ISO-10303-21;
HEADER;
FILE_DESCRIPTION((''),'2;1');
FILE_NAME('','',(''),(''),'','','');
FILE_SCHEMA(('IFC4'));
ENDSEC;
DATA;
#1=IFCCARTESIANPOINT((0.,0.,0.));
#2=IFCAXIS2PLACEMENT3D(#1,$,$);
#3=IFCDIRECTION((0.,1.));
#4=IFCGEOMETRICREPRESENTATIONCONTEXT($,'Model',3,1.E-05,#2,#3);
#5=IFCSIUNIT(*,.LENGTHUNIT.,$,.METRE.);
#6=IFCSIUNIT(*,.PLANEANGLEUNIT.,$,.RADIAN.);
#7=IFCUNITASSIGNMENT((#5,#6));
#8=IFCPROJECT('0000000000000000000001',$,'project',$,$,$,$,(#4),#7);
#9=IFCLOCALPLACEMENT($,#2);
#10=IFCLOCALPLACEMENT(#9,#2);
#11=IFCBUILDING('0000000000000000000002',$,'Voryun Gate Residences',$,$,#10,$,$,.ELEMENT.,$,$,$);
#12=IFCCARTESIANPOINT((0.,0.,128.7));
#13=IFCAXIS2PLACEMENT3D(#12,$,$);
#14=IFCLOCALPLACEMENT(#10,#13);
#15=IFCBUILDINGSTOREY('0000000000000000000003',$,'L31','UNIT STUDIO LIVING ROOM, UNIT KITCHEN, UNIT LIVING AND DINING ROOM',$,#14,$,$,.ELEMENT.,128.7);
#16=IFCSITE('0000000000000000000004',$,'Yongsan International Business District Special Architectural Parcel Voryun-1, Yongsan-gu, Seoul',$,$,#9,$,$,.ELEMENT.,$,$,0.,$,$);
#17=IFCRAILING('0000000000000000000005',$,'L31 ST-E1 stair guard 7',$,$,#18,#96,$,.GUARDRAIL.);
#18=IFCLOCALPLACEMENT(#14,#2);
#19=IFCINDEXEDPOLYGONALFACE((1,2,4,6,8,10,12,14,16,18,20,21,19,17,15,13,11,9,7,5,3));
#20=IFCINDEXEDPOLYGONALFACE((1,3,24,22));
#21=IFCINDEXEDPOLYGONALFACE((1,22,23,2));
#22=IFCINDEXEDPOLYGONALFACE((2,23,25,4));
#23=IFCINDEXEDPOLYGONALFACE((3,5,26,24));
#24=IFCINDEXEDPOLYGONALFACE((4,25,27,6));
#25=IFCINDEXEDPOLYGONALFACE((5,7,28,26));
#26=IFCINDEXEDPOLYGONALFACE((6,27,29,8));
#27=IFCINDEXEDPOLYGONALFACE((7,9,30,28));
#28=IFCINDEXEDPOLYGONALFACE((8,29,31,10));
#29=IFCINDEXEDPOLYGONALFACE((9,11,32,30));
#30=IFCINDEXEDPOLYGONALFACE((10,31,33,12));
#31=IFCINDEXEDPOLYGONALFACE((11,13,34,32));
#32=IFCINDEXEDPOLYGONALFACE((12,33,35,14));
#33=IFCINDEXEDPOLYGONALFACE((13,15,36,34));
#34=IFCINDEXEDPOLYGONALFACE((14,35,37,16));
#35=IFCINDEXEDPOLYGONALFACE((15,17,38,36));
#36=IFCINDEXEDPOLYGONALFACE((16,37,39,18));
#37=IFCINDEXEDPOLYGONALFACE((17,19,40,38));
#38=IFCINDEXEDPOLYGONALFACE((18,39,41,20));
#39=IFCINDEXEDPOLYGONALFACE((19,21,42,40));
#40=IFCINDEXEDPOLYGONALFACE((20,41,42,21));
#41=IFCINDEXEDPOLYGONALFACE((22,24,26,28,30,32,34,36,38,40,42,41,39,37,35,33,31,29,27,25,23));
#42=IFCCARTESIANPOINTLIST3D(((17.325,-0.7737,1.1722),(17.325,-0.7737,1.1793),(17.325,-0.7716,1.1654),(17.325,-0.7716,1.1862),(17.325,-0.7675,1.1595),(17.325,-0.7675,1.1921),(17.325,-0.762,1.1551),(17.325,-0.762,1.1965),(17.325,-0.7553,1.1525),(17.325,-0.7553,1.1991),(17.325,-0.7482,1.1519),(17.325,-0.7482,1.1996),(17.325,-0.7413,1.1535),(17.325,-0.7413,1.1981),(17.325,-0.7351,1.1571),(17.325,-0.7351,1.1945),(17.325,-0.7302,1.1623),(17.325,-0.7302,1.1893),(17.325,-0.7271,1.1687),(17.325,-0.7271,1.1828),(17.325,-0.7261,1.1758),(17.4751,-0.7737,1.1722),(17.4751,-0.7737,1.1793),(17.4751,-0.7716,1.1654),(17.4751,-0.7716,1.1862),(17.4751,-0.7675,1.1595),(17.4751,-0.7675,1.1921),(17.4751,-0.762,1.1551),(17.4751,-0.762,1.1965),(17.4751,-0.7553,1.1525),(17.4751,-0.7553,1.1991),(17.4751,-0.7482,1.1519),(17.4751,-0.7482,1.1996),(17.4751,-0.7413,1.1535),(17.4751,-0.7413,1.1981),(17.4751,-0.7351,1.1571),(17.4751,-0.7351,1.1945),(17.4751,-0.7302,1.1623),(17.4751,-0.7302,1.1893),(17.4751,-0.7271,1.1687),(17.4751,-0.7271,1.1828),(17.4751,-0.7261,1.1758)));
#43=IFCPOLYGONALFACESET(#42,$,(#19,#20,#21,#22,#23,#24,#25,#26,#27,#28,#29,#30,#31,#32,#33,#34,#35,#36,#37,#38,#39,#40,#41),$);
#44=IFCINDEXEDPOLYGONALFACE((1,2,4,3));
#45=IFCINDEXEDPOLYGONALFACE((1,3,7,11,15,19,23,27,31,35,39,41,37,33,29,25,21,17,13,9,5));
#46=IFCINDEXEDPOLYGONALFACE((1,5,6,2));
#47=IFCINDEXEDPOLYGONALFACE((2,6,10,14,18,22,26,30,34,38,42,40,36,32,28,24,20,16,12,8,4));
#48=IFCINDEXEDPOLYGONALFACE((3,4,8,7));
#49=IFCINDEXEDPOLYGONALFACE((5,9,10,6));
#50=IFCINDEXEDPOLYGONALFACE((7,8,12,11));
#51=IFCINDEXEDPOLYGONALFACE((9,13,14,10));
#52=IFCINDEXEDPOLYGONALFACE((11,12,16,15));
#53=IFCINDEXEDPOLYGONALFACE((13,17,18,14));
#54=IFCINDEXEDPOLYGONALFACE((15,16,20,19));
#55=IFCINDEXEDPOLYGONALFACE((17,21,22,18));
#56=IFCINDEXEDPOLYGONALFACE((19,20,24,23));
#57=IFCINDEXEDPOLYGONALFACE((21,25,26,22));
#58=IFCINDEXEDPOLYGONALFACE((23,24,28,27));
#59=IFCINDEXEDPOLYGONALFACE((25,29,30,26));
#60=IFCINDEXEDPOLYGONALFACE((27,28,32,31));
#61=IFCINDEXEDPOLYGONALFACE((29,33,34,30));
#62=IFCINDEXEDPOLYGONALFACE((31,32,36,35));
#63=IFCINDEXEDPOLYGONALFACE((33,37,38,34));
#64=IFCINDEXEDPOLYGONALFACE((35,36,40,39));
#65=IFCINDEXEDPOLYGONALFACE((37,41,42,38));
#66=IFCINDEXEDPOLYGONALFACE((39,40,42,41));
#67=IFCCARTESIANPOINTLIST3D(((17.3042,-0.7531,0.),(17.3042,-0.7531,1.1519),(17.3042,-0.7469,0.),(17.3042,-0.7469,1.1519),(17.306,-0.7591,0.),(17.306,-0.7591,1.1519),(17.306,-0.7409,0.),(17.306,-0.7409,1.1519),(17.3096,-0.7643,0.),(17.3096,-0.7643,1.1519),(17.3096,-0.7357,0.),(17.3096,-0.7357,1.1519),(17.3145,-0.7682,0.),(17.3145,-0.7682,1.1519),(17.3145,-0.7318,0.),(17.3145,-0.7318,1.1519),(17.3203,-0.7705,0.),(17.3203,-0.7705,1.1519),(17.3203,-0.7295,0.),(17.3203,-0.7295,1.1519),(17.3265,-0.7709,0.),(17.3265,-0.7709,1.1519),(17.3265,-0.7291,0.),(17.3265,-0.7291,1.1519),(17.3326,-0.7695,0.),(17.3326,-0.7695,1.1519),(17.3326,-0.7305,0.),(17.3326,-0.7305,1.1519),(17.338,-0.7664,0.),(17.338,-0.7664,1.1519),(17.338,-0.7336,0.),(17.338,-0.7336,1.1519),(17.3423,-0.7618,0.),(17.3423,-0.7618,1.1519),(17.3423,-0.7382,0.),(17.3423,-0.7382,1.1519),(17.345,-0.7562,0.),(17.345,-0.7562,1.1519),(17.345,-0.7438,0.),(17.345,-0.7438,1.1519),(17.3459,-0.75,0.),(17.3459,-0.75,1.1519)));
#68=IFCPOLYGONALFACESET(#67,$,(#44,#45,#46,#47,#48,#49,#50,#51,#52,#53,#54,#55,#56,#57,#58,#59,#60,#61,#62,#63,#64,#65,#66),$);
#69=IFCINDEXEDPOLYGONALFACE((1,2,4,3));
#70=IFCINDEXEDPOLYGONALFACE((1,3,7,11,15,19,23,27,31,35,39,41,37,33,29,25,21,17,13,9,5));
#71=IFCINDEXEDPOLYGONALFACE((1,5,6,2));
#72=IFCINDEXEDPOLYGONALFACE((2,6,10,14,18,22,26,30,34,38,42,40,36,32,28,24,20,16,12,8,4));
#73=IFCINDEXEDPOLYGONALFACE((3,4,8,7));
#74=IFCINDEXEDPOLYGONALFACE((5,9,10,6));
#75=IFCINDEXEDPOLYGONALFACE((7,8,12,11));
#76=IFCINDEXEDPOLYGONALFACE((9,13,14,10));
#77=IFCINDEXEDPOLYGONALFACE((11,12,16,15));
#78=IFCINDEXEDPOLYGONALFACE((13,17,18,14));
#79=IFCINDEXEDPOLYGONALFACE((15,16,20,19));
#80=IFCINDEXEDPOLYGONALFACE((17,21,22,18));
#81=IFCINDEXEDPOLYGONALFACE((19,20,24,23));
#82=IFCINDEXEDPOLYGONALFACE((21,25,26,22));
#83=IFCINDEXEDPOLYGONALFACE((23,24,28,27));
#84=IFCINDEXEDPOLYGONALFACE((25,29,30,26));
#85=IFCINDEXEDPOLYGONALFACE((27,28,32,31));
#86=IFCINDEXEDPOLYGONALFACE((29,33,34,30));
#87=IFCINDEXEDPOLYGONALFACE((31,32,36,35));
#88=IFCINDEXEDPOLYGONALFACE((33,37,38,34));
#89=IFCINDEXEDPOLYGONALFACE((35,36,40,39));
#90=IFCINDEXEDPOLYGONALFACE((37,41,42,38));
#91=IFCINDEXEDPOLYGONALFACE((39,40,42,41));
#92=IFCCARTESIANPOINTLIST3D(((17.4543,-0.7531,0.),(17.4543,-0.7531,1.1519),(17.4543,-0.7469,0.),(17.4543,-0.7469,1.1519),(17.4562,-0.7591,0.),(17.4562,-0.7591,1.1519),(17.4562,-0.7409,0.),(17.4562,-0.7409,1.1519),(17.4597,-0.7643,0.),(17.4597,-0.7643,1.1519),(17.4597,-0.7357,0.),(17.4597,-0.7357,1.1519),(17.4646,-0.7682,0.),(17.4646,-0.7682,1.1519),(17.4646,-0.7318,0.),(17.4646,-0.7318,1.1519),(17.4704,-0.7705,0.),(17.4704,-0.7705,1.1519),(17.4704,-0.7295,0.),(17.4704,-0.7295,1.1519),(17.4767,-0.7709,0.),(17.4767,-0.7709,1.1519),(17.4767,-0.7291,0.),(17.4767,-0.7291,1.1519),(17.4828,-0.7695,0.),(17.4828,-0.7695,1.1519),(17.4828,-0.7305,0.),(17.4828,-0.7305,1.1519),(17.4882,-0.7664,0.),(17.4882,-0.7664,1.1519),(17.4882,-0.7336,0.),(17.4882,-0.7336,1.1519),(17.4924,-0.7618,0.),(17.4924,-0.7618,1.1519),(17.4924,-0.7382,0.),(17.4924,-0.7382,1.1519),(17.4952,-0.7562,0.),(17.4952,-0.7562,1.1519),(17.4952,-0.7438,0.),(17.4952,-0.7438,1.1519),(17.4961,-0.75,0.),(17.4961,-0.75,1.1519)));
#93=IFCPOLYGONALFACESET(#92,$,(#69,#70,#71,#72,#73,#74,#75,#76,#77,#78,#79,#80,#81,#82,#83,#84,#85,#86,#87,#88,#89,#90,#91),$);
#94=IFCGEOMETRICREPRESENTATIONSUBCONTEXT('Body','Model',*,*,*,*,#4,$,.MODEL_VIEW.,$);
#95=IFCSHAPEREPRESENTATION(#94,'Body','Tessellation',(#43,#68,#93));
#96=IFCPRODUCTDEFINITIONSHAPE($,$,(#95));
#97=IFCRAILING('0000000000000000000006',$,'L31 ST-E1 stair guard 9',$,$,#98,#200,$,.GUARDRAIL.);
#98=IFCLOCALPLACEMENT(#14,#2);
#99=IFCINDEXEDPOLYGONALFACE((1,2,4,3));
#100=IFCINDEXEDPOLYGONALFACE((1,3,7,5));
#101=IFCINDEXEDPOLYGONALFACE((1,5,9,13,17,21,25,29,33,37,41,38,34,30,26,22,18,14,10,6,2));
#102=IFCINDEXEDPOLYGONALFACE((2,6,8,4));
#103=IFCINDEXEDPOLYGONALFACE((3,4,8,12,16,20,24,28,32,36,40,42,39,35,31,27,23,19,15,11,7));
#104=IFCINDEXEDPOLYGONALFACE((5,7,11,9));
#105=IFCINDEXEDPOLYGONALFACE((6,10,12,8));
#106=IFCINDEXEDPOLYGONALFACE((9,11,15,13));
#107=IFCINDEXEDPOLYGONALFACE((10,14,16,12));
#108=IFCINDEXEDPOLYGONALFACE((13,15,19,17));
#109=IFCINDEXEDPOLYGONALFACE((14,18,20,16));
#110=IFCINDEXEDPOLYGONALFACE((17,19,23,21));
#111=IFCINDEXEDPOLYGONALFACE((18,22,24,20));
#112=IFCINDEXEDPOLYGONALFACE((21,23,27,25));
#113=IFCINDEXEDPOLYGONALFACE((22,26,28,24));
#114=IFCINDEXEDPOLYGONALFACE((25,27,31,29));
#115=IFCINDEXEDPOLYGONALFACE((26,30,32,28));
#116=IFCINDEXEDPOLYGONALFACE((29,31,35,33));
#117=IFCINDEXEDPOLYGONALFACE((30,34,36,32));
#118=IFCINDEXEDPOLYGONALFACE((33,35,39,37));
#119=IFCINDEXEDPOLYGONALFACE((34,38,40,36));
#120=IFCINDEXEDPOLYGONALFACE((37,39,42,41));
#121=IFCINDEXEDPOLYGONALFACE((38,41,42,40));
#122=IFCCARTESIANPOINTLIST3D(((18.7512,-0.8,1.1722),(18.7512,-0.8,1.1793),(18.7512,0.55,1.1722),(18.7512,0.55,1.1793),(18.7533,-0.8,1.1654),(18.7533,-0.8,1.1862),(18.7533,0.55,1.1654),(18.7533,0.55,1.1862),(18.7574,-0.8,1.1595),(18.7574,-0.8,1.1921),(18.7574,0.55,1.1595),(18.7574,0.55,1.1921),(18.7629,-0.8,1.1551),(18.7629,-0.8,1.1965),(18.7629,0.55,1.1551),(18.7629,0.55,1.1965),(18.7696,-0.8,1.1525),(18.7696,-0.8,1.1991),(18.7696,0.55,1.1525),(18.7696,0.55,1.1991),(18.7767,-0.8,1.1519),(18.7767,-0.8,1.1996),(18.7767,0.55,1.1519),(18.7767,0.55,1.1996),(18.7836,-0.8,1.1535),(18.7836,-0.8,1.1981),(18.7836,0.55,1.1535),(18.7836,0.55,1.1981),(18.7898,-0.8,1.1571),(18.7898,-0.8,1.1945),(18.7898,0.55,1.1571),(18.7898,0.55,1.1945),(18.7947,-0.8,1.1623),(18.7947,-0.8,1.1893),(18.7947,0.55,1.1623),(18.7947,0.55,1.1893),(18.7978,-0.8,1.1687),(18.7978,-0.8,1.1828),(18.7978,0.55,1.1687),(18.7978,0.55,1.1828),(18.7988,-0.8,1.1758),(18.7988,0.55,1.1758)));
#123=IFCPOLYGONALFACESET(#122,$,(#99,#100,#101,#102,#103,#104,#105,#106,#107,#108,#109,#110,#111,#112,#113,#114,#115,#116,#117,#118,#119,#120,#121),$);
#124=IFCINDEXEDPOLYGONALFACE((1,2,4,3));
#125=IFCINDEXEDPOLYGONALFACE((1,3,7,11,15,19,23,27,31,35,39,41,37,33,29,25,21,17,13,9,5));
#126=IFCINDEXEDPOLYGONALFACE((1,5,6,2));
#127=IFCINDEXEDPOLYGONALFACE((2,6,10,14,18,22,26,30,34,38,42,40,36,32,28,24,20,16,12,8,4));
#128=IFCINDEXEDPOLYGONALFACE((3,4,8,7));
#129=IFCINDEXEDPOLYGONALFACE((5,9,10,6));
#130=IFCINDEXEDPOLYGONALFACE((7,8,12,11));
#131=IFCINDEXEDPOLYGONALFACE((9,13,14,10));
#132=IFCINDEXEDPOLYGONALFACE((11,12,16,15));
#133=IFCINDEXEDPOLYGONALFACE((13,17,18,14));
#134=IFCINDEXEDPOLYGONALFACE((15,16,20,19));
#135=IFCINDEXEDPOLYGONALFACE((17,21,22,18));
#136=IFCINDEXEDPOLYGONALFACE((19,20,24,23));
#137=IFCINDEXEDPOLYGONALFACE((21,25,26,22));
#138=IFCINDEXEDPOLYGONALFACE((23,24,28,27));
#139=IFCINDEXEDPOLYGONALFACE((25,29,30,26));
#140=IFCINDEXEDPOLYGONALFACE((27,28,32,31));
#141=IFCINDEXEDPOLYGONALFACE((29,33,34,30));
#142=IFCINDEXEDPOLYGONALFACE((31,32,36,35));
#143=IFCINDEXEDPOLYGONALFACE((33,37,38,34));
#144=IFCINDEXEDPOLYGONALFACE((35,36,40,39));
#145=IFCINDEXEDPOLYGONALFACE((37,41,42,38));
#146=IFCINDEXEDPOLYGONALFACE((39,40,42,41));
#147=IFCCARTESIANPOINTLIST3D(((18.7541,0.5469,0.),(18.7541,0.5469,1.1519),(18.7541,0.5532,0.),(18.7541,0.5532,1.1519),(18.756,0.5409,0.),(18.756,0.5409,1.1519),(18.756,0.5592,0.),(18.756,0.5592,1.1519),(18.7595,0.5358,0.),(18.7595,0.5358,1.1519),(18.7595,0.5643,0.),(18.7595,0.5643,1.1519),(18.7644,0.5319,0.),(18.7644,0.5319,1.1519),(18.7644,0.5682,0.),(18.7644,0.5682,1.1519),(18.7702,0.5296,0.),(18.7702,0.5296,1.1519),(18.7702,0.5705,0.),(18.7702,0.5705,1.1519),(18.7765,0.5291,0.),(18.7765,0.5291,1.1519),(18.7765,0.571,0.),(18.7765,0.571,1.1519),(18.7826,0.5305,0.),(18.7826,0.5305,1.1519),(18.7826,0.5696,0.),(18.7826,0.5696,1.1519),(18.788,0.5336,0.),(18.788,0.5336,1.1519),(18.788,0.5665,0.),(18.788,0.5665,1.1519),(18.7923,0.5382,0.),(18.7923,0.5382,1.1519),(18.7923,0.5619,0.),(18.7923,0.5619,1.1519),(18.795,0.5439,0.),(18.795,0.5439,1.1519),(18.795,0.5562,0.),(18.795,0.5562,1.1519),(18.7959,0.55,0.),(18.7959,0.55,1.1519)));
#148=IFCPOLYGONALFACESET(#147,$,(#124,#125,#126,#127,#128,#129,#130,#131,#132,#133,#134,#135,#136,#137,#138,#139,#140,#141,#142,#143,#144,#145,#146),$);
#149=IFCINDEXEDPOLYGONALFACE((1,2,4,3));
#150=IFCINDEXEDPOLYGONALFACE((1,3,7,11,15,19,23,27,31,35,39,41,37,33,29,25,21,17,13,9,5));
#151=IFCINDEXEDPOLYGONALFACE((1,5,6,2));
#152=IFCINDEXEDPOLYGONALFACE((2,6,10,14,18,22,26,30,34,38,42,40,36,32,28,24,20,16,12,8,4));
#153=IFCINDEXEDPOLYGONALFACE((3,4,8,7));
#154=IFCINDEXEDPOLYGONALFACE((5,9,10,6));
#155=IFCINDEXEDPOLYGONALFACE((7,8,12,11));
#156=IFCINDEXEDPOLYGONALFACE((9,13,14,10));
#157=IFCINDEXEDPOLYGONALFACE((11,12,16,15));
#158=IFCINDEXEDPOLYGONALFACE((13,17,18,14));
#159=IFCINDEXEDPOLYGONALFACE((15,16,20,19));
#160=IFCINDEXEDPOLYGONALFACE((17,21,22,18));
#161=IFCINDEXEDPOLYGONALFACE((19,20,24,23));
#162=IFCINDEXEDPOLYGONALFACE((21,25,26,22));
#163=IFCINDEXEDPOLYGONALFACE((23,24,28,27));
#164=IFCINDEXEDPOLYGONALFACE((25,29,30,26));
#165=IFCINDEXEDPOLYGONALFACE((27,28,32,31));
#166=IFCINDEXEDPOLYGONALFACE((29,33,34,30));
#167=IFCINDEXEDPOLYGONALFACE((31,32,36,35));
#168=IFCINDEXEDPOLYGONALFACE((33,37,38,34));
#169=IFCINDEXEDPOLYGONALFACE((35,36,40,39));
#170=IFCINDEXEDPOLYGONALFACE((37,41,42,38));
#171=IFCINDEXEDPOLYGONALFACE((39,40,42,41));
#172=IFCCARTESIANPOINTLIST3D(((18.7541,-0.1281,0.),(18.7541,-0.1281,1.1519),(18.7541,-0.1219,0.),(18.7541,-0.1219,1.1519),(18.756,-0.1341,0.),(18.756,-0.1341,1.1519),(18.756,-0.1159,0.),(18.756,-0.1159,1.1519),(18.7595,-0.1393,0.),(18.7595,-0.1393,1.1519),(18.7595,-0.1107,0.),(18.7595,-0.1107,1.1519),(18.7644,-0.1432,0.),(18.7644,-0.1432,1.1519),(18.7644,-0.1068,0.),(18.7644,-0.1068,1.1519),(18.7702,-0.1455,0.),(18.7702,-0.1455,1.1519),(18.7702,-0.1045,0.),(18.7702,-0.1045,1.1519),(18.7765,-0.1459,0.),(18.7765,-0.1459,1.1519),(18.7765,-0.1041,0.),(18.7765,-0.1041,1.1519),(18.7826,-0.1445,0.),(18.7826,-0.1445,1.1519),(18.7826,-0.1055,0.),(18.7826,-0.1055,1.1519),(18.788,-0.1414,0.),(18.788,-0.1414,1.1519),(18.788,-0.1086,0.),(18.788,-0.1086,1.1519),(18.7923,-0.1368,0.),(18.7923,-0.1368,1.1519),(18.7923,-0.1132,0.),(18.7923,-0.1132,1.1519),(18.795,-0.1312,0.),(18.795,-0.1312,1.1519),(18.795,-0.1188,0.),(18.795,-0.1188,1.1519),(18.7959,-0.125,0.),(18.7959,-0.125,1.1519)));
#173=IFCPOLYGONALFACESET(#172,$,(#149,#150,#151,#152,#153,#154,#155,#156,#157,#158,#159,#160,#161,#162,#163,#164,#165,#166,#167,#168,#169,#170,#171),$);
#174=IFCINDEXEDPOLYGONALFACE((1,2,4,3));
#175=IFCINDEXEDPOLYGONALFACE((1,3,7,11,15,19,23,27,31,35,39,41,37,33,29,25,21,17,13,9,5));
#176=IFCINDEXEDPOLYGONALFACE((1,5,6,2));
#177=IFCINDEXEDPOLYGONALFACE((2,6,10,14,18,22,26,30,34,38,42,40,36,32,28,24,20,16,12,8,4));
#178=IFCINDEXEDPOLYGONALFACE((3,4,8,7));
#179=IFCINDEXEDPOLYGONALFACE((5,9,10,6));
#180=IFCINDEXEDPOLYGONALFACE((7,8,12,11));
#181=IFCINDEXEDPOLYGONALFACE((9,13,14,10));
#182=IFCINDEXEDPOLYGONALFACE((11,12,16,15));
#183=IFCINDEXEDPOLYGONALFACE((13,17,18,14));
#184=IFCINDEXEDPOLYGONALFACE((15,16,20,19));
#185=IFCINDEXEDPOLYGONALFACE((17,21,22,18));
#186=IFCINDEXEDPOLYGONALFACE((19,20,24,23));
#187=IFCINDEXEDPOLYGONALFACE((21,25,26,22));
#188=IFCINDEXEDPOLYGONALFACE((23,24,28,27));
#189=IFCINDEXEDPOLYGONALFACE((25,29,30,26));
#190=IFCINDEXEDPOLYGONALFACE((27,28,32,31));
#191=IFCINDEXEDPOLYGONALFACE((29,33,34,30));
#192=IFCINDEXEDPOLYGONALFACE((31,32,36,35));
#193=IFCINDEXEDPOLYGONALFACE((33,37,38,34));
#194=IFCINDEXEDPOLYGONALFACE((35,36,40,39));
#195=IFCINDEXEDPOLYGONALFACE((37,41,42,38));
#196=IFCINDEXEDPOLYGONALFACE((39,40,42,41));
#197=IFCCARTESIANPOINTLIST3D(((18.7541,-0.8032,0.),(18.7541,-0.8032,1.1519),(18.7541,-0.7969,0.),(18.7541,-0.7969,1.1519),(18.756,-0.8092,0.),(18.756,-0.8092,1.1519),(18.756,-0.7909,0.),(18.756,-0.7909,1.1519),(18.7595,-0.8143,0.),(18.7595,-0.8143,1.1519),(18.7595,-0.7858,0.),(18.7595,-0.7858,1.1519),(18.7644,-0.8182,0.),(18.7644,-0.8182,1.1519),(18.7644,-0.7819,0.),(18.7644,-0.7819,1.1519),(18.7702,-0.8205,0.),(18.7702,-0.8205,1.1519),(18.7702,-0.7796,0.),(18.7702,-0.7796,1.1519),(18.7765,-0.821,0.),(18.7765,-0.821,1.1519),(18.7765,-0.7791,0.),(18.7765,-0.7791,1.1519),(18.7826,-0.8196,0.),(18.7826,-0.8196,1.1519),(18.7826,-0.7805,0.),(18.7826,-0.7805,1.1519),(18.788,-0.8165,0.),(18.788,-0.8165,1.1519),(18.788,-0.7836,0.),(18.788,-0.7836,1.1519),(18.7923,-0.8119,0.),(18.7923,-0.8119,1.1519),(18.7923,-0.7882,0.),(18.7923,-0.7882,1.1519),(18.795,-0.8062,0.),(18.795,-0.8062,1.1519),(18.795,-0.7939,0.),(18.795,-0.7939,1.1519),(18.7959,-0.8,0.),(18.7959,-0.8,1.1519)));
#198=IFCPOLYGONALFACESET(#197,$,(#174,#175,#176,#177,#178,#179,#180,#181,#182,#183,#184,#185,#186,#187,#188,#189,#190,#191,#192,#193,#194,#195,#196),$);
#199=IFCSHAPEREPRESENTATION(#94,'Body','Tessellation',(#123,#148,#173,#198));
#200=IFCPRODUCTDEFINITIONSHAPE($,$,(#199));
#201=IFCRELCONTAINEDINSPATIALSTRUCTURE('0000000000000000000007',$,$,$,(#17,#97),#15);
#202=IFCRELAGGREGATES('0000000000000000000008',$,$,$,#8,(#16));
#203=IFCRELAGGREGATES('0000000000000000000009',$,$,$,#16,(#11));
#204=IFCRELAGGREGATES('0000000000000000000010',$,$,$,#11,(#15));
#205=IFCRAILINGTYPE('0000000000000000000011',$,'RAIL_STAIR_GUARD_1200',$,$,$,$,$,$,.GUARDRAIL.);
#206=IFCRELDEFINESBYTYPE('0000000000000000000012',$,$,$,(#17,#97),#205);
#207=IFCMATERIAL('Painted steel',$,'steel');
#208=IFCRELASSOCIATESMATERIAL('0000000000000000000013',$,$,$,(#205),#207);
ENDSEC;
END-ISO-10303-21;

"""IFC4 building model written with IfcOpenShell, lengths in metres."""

from ifc_helpers import new_model, si_unit, direction, frame, origin, origin_2d, place, context, subcontext, project, spatial, circle, extrude, material, type_object, element, save


model = new_model("IFC4")

# Units and contexts
model_context = context("Model", 3, precision=1e-05, world=origin(), true_north=direction((0.0, 1.0)))
body_context = subcontext(model_context, "Body", "Model", "MODEL_VIEW")
ifc_project = project(units=[si_unit("LENGTHUNIT", "METRE"), si_unit("PLANEANGLEUNIT", "RADIAN")], contexts=[model_context])

# Site, building, storey
site_placement = place(None, origin())
site = spatial("IfcSite", under=ifc_project, at=site_placement, Name="Yongsan International Business District Special Architectural Parcel Voryun-1, Yongsan-gu, Seoul", CompositionType="ELEMENT", RefElevation=0.0)
building_placement = place(site_placement, origin())
building = spatial("IfcBuilding", under=site, at=building_placement, Name="Voryun Gate Residences", CompositionType="ELEMENT")
storey_placement = place(building_placement, frame((0.0, 0.0, 128.7)))
storey = spatial("IfcBuildingStorey", under=building, at=storey_placement, Name="L31", Description="UNIT STUDIO LIVING ROOM, UNIT KITCHEN, UNIT LIVING AND DINING ROOM", CompositionType="ELEMENT", Elevation=128.7)

# Railings
ifc_material_1 = material(Name="Painted steel", Category="steel")
railing_type = type_object("IfcRailingType", Name="RAIL_STAIR_GUARD_1200", PredefinedType="GUARDRAIL", material=ifc_material_1)
railing_1_placement = place(storey_placement, frame((17.325, -0.75, 0.0)))
element("IfcRailing", 1, at=railing_1_placement, inside=storey, type_object=railing_type, Name="L31 ST-E1 stair guard 7", PredefinedType="GUARDRAIL", context=body_context, shape_type="SweptSolid", body=[
    extrude(circle(Radius=0.0239, at=origin_2d()), frame((0.0, 0.0, 1.1758), z_axis=(1.0, 0.0, 0.0), x_axis=(0.0, 1.0, 0.0)), (0.0, 0.0, 1.0), 0.1501),
    extrude(circle(Radius=0.021, at=origin_2d()), origin(), (0.0, 0.0, 1.0), 1.1519),
    extrude(circle(Radius=0.021, at=origin_2d()), frame((0.1501, 0.0, 0.0)), (0.0, 0.0, 1.0), 1.1519),
])
railing_2_placement = place(storey_placement, frame((18.7749, 0.55, 0.0)))
element("IfcRailing", 2, at=railing_2_placement, inside=storey, type_object=railing_type, Name="L31 ST-E1 stair guard 9", PredefinedType="GUARDRAIL", context=body_context, shape_type="SweptSolid", body=[
    extrude(circle(Radius=0.0239, at=origin_2d()), frame((0.0, 0.0, 1.1758), z_axis=(0.0, -1.0, 0.0), x_axis=(1.0, 0.0, 0.0)), (0.0, 0.0, 1.0), 1.3501),
    extrude(circle(Radius=0.021, at=origin_2d()), origin(), (0.0, 0.0, 1.0), 1.1519),
    extrude(circle(Radius=0.021, at=origin_2d()), frame((0.0, -0.675, 0.0)), (0.0, 0.0, 1.0), 1.1519),
    extrude(circle(Radius=0.021, at=origin_2d()), frame((0.0, -1.3501, 0.0)), (0.0, 0.0, 1.0), 1.1519),
])

save(model, "model.ifc")
